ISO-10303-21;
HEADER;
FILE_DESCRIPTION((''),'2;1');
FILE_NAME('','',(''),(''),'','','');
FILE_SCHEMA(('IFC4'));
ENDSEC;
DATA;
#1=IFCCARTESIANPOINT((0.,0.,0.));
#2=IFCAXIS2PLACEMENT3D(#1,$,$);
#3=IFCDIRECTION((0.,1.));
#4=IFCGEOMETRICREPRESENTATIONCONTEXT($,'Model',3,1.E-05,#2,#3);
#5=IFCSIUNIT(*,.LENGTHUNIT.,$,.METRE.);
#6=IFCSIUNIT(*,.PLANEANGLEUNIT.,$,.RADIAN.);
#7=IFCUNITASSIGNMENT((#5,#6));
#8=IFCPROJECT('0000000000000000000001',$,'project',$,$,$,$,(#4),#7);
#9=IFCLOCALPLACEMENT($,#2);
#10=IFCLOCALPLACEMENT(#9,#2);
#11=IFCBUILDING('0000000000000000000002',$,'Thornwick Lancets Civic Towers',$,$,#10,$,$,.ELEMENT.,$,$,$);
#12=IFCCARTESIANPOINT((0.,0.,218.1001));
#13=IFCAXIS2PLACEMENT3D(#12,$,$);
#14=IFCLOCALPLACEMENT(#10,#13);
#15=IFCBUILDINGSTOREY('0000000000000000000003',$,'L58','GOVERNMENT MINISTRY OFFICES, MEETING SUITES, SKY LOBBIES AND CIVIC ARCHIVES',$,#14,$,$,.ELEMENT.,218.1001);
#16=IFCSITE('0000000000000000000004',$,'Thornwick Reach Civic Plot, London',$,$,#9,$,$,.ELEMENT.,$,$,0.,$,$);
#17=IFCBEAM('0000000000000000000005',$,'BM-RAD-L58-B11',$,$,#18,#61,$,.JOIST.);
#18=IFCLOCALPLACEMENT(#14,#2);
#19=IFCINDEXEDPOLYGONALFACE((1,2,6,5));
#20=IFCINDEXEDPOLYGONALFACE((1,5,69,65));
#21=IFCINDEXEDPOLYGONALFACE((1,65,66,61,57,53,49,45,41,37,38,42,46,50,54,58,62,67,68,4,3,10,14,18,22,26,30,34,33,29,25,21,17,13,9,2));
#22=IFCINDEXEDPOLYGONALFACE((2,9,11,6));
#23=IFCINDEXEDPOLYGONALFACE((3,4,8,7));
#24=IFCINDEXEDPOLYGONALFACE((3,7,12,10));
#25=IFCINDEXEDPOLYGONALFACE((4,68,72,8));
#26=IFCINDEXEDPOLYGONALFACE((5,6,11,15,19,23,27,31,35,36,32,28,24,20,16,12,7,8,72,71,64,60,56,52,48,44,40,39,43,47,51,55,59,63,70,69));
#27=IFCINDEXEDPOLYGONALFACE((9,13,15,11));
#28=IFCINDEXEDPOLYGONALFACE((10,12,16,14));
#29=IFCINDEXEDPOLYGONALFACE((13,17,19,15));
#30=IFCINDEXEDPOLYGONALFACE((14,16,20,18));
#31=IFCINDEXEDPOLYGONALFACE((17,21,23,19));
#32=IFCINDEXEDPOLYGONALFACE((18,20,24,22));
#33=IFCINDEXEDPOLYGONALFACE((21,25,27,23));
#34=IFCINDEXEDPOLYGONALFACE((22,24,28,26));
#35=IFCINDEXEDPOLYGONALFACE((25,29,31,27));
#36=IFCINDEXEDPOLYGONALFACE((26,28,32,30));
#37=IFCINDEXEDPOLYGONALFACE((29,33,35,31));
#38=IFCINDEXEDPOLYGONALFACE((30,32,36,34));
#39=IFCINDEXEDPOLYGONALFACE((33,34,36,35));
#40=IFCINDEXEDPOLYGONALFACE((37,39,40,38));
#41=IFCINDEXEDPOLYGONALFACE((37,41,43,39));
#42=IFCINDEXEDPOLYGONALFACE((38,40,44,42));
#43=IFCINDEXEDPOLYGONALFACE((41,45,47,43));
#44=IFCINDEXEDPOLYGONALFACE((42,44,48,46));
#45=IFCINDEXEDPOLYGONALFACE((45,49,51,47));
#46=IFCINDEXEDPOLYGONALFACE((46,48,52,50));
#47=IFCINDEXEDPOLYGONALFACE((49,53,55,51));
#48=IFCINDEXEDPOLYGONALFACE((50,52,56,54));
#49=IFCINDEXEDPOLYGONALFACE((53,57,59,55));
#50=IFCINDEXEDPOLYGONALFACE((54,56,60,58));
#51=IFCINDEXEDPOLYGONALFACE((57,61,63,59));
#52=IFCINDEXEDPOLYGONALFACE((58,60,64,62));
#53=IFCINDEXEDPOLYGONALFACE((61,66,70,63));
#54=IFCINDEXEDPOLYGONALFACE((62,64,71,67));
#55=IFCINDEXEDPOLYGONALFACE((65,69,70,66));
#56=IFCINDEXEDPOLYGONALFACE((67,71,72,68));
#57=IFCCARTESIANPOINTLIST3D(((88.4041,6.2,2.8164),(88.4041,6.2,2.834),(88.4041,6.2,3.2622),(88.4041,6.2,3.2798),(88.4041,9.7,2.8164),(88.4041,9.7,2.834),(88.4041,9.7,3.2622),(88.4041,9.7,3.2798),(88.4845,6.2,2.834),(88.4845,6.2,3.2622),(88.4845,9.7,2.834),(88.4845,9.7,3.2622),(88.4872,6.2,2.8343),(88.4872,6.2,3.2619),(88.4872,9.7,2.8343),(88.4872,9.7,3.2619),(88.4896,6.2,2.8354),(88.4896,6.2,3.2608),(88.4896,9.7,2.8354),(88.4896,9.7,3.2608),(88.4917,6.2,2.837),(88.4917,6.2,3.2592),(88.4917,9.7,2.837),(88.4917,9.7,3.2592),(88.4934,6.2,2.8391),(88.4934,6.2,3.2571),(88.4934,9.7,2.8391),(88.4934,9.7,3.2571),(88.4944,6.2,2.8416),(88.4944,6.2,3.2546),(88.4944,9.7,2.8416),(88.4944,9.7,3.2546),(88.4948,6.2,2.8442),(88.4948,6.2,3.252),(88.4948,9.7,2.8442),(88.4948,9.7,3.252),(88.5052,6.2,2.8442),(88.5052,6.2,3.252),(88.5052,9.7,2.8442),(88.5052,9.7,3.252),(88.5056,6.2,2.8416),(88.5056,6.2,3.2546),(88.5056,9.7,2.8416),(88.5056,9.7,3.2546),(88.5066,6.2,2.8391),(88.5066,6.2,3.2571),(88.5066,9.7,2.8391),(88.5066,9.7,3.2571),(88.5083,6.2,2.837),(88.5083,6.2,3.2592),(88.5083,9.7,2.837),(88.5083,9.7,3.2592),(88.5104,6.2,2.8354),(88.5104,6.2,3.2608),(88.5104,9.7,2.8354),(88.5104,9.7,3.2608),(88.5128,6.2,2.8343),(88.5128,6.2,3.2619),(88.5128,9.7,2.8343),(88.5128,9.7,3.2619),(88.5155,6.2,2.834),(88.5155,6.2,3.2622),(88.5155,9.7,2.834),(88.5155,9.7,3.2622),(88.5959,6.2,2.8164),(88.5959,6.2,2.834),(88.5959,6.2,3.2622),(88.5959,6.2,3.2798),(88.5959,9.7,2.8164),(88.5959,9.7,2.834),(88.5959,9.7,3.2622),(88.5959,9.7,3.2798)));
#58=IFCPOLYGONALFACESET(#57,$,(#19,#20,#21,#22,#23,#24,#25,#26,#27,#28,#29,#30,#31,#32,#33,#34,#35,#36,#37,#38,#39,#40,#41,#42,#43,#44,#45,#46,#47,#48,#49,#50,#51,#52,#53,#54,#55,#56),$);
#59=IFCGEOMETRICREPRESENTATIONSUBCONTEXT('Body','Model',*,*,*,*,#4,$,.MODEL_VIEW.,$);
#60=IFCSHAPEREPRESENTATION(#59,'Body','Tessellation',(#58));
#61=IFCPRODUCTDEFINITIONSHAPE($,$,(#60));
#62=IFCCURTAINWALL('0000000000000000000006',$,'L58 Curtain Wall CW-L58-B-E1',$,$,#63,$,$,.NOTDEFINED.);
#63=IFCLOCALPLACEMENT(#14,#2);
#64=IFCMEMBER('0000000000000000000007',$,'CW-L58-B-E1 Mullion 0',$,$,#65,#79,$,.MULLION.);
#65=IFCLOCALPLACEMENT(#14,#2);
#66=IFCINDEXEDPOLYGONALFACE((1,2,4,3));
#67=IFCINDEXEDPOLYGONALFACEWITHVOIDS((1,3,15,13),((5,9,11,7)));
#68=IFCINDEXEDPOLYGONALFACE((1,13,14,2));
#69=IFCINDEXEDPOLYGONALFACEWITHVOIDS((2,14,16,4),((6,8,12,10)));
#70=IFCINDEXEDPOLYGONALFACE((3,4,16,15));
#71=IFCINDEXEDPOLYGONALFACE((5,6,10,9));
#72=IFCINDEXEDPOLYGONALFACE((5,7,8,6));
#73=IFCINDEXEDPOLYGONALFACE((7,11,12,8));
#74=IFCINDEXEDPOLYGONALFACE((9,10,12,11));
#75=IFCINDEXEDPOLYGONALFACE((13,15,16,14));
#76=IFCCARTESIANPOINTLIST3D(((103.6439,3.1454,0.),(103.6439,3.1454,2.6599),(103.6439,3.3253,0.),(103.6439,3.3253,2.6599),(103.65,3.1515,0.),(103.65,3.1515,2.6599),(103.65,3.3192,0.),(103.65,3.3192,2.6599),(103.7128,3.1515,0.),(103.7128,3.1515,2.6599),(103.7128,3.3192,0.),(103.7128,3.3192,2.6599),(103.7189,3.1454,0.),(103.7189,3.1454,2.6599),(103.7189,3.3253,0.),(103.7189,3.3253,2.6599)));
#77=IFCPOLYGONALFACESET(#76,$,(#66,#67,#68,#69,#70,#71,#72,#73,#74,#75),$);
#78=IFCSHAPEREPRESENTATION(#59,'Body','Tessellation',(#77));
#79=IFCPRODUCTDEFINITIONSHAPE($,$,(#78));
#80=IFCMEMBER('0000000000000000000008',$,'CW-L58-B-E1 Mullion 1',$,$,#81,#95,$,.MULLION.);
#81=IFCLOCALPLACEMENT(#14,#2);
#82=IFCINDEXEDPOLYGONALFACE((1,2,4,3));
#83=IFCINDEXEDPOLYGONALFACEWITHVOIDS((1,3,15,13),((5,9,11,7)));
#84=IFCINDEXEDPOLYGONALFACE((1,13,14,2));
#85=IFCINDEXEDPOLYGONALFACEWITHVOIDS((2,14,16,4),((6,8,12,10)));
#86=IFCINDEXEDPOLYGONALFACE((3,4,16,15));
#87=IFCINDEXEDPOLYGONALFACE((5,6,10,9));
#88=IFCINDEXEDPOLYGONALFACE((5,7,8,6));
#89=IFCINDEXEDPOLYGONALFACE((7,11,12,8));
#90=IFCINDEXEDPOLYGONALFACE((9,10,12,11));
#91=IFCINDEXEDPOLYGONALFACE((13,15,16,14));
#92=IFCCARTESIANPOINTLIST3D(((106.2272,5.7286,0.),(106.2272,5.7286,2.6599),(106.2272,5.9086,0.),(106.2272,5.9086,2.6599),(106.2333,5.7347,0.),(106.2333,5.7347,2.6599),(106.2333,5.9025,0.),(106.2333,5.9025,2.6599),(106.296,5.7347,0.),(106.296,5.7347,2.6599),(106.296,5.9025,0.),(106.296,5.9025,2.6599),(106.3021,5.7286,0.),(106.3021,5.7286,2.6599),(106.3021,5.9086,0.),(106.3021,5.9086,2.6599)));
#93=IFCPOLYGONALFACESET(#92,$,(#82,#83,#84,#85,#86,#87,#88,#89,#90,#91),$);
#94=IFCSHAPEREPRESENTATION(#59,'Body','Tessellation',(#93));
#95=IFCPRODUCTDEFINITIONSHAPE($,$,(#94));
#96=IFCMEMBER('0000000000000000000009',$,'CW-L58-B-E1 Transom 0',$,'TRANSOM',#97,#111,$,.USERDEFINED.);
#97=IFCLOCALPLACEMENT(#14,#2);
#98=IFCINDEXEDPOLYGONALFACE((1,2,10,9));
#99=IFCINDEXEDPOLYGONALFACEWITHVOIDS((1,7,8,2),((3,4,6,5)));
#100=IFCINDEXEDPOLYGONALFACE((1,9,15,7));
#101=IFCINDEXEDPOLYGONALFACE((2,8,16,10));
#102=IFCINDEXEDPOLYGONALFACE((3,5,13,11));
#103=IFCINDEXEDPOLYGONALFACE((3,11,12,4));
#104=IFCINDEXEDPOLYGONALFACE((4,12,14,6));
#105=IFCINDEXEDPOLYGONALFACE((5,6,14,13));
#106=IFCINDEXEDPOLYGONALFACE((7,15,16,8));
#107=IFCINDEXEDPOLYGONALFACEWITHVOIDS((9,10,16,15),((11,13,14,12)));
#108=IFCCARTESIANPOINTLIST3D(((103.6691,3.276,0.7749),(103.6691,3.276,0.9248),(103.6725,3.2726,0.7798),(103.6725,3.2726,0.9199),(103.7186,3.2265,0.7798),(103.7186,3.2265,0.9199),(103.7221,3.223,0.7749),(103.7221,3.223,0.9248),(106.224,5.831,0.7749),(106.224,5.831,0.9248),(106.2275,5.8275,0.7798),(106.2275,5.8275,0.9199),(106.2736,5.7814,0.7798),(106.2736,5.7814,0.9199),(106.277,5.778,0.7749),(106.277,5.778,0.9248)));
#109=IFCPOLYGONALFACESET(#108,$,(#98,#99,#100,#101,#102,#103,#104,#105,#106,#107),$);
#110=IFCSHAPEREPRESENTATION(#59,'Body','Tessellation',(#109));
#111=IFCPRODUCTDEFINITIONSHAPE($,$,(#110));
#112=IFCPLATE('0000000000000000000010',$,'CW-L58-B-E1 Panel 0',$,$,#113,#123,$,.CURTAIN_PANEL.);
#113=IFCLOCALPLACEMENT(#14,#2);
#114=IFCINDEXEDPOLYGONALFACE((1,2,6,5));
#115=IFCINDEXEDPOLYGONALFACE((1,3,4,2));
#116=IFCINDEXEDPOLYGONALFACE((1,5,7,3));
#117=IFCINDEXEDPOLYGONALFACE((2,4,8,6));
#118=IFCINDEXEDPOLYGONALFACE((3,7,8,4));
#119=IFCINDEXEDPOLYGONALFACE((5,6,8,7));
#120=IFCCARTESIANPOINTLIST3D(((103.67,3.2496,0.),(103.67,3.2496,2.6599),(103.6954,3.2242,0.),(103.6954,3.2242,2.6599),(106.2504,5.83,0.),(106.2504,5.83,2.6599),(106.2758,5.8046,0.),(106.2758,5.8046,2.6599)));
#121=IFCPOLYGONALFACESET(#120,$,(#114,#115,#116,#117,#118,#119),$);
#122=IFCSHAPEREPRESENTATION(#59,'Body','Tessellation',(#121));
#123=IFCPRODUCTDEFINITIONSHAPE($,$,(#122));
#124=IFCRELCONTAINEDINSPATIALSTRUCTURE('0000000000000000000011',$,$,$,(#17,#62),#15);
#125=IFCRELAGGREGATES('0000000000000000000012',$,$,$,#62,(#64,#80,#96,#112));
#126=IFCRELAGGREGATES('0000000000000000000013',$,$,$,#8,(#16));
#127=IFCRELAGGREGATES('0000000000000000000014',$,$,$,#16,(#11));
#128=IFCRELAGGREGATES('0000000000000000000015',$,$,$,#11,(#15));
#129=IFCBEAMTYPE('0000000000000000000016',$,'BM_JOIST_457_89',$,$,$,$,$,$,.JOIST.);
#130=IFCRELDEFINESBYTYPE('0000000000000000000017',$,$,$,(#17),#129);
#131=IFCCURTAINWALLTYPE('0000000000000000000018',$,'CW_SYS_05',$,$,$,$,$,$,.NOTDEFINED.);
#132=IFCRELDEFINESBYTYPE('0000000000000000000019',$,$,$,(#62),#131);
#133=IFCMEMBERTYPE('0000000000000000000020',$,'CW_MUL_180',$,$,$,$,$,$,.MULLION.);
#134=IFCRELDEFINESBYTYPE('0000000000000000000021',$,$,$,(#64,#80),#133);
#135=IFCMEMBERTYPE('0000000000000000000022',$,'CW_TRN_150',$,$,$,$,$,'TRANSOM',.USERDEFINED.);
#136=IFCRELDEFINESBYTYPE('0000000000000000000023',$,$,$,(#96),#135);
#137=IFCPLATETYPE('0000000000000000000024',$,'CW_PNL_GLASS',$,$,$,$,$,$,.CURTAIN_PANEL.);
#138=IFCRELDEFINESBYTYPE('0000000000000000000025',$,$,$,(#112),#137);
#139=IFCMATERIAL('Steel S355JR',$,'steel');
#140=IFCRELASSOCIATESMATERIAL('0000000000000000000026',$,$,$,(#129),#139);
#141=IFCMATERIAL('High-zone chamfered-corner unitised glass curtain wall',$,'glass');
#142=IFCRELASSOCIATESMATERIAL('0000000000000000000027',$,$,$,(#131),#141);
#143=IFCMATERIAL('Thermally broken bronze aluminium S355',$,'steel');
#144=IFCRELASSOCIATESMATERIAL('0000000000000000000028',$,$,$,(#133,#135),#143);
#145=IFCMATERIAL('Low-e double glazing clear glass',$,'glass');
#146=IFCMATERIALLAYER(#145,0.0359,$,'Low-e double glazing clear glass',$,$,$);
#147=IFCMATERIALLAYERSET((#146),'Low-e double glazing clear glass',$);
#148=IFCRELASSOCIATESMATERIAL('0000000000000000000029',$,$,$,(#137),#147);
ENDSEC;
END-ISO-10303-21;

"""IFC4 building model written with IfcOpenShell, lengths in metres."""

from ifc_helpers import new_model, si_unit, direction, frame, origin, origin_2d, place, context, subcontext, project, spatial, rectangle, hollow_rectangle, i_section, extrude, material, layer, layer_set, material_profile, profile_set, type_object, element, aggregate, save


model = new_model("IFC4")

# Units and contexts
model_context = context("Model", 3, precision=1e-05, world=origin(), true_north=direction((0.0, 1.0)))
body_context = subcontext(model_context, "Body", "Model", "MODEL_VIEW")
ifc_project = project(units=[si_unit("LENGTHUNIT", "METRE"), si_unit("PLANEANGLEUNIT", "RADIAN")], contexts=[model_context])

# Site, building, storey
site_placement = place(None, origin())
site = spatial("IfcSite", under=ifc_project, at=site_placement, Name="Thornwick Reach Civic Plot, London", CompositionType="ELEMENT", RefElevation=0.0)
building_placement = place(site_placement, origin())
building = spatial("IfcBuilding", under=site, at=building_placement, Name="Thornwick Lancets Civic Towers", CompositionType="ELEMENT")
storey_placement = place(building_placement, frame((0.0, 0.0, 218.1001)))
storey = spatial("IfcBuildingStorey", under=building, at=storey_placement, Name="L58", Description="GOVERNMENT MINISTRY OFFICES, MEETING SUITES, SKY LOBBIES AND CIVIC ARCHIVES", CompositionType="ELEMENT", Elevation=218.1001)

# Shared definitions
ifc_material_1 = material(Name="Steel S355JR", Category="steel")

# Beam
ifc_material_profile_1 = material_profile(ifc_material_1, i_section(OverallWidth=0.1919, OverallDepth=0.4634, WebThickness=0.0105, FlangeThickness=0.0176, FilletRadius=0.0103, at=origin_2d()), Name="UKB 457x191x89")
ifc_profile_set_1 = profile_set([ifc_material_profile_1], Name="Steel S355JR")
beam_type_1 = type_object("IfcBeamType", Name="BM_JOIST_457_89", PredefinedType="JOIST", material=ifc_profile_set_1)
for number, where, z_axis, x_axis, name in (
    (1, (88.5, 9.7, 3.0481), (0.0, -1.0, 0.0), (1.0, 0.0, 0.0), "BM-RAD-L58-B11"),
):
    element("IfcBeam", number, at=place(storey_placement, frame(where, z_axis=z_axis, x_axis=x_axis)), inside=storey, type_object=beam_type_1, Name=name, PredefinedType="JOIST", context=body_context, shape_type="SweptSolid", body=[
        extrude(i_section(OverallWidth=0.1919, OverallDepth=0.4634, WebThickness=0.0105, FlangeThickness=0.0176, FilletRadius=0.0103, at=origin_2d()), origin(), (0.0, 0.0, 1.0), 3.5),
    ])

# Curtain wall, members, plate
ifc_material_2 = material(Name="High-zone chamfered-corner unitised glass curtain wall", Category="glass")
curtain_wall_type = type_object("IfcCurtainWallType", Name="CW_SYS_05", PredefinedType="NOTDEFINED", material=ifc_material_2)
curtain_wall_placement = place(storey_placement, origin())
curtain_wall = element("IfcCurtainWall", 2, at=curtain_wall_placement, inside=storey, type_object=curtain_wall_type, Name="L58 Curtain Wall CW-L58-B-E1", PredefinedType="NOTDEFINED")
ifc_material_3 = material(Name="Thermally broken bronze aluminium S355", Category="steel")
ifc_material_profile_2 = material_profile(ifc_material_3, hollow_rectangle(XDim=0.075, YDim=0.1799, WallThickness=0.0061, at=origin_2d()), Name="RHS 180x75x6")
ifc_profile_set_2 = profile_set([ifc_material_profile_2], Name="Thermally broken bronze aluminium S355")
member_type_1 = type_object("IfcMemberType", Name="CW_MUL_180", PredefinedType="MULLION", material=ifc_profile_set_2)
member_1_placement = place(storey_placement, frame((103.6814, 3.2354, 0.0), z_axis=(0.0, 0.0, 1.0), x_axis=(1.0, 0.0, 0.0)))
member_1 = element("IfcMember", 3, at=member_1_placement, type_object=member_type_1, Name="CW-L58-B-E1 Mullion 0", PredefinedType="MULLION", context=body_context, shape_type="SweptSolid", body=[
    extrude(hollow_rectangle(XDim=0.075, YDim=0.1799, WallThickness=0.0061, at=origin_2d()), origin(), (0.0, 0.0, 1.0), 2.6599),
])
member_2_placement = place(storey_placement, frame((106.2646, 5.8186, 0.0), z_axis=(0.0, 0.0, 1.0), x_axis=(1.0, 0.0, 0.0)))
member_2 = element("IfcMember", 4, at=member_2_placement, type_object=member_type_1, Name="CW-L58-B-E1 Mullion 1", PredefinedType="MULLION", context=body_context, shape_type="SweptSolid", body=[
    extrude(hollow_rectangle(XDim=0.075, YDim=0.1799, WallThickness=0.0061, at=origin_2d()), origin(), (0.0, 0.0, 1.0), 2.6599),
])
ifc_material_profile_3 = material_profile(ifc_material_3, hollow_rectangle(XDim=0.075, YDim=0.1499, WallThickness=0.0049, at=origin_2d()), Name="RHS 150x75x5")
ifc_profile_set_3 = profile_set([ifc_material_profile_3], Name="Thermally broken bronze aluminium S355")
member_type_2 = type_object("IfcMemberType", Name="CW_TRN_150", ElementType="TRANSOM", PredefinedType="USERDEFINED", material=ifc_profile_set_3)
member_3_placement = place(storey_placement, frame((103.6956, 3.2495, 0.8499), z_axis=(0.707107, 0.707107, 0.0), x_axis=(-0.707107, 0.707107, 0.0)))
member_3 = element("IfcMember", 5, at=member_3_placement, type_object=member_type_2, Name="CW-L58-B-E1 Transom 0", ObjectType="TRANSOM", PredefinedType="USERDEFINED", context=body_context, shape_type="SweptSolid", body=[
    extrude(hollow_rectangle(XDim=0.075, YDim=0.1499, WallThickness=0.0049, at=origin_2d()), origin(), (0.0, 0.0, 1.0), 3.6133),
])
ifc_material_4 = material(Name="Low-e double glazing clear glass", Category="glass")
ifc_layer_1 = layer(ifc_material_4, 0.0359, Name="Low-e double glazing clear glass")
ifc_layer_set_1 = layer_set([ifc_layer_1], Name="Low-e double glazing clear glass")
plate_type = type_object("IfcPlateType", Name="CW_PNL_GLASS", PredefinedType="CURTAIN_PANEL", material=ifc_layer_set_1)
plate_placement = place(storey_placement, frame((104.9729, 4.5271, 0.0), z_axis=(0.0, 0.0, 1.0), x_axis=(0.707107, 0.707107, 0.0)))
plate = element("IfcPlate", 6, at=plate_placement, type_object=plate_type, Name="CW-L58-B-E1 Panel 0", PredefinedType="CURTAIN_PANEL", context=body_context, shape_type="SweptSolid", body=[
    extrude(rectangle(XDim=3.6492, YDim=0.0359, at=origin_2d()), origin(), (0.0, 0.0, 1.0), 2.6599),
])
aggregate(curtain_wall, [member_1, member_2, member_3, plate])

save(model, "model.ifc")
